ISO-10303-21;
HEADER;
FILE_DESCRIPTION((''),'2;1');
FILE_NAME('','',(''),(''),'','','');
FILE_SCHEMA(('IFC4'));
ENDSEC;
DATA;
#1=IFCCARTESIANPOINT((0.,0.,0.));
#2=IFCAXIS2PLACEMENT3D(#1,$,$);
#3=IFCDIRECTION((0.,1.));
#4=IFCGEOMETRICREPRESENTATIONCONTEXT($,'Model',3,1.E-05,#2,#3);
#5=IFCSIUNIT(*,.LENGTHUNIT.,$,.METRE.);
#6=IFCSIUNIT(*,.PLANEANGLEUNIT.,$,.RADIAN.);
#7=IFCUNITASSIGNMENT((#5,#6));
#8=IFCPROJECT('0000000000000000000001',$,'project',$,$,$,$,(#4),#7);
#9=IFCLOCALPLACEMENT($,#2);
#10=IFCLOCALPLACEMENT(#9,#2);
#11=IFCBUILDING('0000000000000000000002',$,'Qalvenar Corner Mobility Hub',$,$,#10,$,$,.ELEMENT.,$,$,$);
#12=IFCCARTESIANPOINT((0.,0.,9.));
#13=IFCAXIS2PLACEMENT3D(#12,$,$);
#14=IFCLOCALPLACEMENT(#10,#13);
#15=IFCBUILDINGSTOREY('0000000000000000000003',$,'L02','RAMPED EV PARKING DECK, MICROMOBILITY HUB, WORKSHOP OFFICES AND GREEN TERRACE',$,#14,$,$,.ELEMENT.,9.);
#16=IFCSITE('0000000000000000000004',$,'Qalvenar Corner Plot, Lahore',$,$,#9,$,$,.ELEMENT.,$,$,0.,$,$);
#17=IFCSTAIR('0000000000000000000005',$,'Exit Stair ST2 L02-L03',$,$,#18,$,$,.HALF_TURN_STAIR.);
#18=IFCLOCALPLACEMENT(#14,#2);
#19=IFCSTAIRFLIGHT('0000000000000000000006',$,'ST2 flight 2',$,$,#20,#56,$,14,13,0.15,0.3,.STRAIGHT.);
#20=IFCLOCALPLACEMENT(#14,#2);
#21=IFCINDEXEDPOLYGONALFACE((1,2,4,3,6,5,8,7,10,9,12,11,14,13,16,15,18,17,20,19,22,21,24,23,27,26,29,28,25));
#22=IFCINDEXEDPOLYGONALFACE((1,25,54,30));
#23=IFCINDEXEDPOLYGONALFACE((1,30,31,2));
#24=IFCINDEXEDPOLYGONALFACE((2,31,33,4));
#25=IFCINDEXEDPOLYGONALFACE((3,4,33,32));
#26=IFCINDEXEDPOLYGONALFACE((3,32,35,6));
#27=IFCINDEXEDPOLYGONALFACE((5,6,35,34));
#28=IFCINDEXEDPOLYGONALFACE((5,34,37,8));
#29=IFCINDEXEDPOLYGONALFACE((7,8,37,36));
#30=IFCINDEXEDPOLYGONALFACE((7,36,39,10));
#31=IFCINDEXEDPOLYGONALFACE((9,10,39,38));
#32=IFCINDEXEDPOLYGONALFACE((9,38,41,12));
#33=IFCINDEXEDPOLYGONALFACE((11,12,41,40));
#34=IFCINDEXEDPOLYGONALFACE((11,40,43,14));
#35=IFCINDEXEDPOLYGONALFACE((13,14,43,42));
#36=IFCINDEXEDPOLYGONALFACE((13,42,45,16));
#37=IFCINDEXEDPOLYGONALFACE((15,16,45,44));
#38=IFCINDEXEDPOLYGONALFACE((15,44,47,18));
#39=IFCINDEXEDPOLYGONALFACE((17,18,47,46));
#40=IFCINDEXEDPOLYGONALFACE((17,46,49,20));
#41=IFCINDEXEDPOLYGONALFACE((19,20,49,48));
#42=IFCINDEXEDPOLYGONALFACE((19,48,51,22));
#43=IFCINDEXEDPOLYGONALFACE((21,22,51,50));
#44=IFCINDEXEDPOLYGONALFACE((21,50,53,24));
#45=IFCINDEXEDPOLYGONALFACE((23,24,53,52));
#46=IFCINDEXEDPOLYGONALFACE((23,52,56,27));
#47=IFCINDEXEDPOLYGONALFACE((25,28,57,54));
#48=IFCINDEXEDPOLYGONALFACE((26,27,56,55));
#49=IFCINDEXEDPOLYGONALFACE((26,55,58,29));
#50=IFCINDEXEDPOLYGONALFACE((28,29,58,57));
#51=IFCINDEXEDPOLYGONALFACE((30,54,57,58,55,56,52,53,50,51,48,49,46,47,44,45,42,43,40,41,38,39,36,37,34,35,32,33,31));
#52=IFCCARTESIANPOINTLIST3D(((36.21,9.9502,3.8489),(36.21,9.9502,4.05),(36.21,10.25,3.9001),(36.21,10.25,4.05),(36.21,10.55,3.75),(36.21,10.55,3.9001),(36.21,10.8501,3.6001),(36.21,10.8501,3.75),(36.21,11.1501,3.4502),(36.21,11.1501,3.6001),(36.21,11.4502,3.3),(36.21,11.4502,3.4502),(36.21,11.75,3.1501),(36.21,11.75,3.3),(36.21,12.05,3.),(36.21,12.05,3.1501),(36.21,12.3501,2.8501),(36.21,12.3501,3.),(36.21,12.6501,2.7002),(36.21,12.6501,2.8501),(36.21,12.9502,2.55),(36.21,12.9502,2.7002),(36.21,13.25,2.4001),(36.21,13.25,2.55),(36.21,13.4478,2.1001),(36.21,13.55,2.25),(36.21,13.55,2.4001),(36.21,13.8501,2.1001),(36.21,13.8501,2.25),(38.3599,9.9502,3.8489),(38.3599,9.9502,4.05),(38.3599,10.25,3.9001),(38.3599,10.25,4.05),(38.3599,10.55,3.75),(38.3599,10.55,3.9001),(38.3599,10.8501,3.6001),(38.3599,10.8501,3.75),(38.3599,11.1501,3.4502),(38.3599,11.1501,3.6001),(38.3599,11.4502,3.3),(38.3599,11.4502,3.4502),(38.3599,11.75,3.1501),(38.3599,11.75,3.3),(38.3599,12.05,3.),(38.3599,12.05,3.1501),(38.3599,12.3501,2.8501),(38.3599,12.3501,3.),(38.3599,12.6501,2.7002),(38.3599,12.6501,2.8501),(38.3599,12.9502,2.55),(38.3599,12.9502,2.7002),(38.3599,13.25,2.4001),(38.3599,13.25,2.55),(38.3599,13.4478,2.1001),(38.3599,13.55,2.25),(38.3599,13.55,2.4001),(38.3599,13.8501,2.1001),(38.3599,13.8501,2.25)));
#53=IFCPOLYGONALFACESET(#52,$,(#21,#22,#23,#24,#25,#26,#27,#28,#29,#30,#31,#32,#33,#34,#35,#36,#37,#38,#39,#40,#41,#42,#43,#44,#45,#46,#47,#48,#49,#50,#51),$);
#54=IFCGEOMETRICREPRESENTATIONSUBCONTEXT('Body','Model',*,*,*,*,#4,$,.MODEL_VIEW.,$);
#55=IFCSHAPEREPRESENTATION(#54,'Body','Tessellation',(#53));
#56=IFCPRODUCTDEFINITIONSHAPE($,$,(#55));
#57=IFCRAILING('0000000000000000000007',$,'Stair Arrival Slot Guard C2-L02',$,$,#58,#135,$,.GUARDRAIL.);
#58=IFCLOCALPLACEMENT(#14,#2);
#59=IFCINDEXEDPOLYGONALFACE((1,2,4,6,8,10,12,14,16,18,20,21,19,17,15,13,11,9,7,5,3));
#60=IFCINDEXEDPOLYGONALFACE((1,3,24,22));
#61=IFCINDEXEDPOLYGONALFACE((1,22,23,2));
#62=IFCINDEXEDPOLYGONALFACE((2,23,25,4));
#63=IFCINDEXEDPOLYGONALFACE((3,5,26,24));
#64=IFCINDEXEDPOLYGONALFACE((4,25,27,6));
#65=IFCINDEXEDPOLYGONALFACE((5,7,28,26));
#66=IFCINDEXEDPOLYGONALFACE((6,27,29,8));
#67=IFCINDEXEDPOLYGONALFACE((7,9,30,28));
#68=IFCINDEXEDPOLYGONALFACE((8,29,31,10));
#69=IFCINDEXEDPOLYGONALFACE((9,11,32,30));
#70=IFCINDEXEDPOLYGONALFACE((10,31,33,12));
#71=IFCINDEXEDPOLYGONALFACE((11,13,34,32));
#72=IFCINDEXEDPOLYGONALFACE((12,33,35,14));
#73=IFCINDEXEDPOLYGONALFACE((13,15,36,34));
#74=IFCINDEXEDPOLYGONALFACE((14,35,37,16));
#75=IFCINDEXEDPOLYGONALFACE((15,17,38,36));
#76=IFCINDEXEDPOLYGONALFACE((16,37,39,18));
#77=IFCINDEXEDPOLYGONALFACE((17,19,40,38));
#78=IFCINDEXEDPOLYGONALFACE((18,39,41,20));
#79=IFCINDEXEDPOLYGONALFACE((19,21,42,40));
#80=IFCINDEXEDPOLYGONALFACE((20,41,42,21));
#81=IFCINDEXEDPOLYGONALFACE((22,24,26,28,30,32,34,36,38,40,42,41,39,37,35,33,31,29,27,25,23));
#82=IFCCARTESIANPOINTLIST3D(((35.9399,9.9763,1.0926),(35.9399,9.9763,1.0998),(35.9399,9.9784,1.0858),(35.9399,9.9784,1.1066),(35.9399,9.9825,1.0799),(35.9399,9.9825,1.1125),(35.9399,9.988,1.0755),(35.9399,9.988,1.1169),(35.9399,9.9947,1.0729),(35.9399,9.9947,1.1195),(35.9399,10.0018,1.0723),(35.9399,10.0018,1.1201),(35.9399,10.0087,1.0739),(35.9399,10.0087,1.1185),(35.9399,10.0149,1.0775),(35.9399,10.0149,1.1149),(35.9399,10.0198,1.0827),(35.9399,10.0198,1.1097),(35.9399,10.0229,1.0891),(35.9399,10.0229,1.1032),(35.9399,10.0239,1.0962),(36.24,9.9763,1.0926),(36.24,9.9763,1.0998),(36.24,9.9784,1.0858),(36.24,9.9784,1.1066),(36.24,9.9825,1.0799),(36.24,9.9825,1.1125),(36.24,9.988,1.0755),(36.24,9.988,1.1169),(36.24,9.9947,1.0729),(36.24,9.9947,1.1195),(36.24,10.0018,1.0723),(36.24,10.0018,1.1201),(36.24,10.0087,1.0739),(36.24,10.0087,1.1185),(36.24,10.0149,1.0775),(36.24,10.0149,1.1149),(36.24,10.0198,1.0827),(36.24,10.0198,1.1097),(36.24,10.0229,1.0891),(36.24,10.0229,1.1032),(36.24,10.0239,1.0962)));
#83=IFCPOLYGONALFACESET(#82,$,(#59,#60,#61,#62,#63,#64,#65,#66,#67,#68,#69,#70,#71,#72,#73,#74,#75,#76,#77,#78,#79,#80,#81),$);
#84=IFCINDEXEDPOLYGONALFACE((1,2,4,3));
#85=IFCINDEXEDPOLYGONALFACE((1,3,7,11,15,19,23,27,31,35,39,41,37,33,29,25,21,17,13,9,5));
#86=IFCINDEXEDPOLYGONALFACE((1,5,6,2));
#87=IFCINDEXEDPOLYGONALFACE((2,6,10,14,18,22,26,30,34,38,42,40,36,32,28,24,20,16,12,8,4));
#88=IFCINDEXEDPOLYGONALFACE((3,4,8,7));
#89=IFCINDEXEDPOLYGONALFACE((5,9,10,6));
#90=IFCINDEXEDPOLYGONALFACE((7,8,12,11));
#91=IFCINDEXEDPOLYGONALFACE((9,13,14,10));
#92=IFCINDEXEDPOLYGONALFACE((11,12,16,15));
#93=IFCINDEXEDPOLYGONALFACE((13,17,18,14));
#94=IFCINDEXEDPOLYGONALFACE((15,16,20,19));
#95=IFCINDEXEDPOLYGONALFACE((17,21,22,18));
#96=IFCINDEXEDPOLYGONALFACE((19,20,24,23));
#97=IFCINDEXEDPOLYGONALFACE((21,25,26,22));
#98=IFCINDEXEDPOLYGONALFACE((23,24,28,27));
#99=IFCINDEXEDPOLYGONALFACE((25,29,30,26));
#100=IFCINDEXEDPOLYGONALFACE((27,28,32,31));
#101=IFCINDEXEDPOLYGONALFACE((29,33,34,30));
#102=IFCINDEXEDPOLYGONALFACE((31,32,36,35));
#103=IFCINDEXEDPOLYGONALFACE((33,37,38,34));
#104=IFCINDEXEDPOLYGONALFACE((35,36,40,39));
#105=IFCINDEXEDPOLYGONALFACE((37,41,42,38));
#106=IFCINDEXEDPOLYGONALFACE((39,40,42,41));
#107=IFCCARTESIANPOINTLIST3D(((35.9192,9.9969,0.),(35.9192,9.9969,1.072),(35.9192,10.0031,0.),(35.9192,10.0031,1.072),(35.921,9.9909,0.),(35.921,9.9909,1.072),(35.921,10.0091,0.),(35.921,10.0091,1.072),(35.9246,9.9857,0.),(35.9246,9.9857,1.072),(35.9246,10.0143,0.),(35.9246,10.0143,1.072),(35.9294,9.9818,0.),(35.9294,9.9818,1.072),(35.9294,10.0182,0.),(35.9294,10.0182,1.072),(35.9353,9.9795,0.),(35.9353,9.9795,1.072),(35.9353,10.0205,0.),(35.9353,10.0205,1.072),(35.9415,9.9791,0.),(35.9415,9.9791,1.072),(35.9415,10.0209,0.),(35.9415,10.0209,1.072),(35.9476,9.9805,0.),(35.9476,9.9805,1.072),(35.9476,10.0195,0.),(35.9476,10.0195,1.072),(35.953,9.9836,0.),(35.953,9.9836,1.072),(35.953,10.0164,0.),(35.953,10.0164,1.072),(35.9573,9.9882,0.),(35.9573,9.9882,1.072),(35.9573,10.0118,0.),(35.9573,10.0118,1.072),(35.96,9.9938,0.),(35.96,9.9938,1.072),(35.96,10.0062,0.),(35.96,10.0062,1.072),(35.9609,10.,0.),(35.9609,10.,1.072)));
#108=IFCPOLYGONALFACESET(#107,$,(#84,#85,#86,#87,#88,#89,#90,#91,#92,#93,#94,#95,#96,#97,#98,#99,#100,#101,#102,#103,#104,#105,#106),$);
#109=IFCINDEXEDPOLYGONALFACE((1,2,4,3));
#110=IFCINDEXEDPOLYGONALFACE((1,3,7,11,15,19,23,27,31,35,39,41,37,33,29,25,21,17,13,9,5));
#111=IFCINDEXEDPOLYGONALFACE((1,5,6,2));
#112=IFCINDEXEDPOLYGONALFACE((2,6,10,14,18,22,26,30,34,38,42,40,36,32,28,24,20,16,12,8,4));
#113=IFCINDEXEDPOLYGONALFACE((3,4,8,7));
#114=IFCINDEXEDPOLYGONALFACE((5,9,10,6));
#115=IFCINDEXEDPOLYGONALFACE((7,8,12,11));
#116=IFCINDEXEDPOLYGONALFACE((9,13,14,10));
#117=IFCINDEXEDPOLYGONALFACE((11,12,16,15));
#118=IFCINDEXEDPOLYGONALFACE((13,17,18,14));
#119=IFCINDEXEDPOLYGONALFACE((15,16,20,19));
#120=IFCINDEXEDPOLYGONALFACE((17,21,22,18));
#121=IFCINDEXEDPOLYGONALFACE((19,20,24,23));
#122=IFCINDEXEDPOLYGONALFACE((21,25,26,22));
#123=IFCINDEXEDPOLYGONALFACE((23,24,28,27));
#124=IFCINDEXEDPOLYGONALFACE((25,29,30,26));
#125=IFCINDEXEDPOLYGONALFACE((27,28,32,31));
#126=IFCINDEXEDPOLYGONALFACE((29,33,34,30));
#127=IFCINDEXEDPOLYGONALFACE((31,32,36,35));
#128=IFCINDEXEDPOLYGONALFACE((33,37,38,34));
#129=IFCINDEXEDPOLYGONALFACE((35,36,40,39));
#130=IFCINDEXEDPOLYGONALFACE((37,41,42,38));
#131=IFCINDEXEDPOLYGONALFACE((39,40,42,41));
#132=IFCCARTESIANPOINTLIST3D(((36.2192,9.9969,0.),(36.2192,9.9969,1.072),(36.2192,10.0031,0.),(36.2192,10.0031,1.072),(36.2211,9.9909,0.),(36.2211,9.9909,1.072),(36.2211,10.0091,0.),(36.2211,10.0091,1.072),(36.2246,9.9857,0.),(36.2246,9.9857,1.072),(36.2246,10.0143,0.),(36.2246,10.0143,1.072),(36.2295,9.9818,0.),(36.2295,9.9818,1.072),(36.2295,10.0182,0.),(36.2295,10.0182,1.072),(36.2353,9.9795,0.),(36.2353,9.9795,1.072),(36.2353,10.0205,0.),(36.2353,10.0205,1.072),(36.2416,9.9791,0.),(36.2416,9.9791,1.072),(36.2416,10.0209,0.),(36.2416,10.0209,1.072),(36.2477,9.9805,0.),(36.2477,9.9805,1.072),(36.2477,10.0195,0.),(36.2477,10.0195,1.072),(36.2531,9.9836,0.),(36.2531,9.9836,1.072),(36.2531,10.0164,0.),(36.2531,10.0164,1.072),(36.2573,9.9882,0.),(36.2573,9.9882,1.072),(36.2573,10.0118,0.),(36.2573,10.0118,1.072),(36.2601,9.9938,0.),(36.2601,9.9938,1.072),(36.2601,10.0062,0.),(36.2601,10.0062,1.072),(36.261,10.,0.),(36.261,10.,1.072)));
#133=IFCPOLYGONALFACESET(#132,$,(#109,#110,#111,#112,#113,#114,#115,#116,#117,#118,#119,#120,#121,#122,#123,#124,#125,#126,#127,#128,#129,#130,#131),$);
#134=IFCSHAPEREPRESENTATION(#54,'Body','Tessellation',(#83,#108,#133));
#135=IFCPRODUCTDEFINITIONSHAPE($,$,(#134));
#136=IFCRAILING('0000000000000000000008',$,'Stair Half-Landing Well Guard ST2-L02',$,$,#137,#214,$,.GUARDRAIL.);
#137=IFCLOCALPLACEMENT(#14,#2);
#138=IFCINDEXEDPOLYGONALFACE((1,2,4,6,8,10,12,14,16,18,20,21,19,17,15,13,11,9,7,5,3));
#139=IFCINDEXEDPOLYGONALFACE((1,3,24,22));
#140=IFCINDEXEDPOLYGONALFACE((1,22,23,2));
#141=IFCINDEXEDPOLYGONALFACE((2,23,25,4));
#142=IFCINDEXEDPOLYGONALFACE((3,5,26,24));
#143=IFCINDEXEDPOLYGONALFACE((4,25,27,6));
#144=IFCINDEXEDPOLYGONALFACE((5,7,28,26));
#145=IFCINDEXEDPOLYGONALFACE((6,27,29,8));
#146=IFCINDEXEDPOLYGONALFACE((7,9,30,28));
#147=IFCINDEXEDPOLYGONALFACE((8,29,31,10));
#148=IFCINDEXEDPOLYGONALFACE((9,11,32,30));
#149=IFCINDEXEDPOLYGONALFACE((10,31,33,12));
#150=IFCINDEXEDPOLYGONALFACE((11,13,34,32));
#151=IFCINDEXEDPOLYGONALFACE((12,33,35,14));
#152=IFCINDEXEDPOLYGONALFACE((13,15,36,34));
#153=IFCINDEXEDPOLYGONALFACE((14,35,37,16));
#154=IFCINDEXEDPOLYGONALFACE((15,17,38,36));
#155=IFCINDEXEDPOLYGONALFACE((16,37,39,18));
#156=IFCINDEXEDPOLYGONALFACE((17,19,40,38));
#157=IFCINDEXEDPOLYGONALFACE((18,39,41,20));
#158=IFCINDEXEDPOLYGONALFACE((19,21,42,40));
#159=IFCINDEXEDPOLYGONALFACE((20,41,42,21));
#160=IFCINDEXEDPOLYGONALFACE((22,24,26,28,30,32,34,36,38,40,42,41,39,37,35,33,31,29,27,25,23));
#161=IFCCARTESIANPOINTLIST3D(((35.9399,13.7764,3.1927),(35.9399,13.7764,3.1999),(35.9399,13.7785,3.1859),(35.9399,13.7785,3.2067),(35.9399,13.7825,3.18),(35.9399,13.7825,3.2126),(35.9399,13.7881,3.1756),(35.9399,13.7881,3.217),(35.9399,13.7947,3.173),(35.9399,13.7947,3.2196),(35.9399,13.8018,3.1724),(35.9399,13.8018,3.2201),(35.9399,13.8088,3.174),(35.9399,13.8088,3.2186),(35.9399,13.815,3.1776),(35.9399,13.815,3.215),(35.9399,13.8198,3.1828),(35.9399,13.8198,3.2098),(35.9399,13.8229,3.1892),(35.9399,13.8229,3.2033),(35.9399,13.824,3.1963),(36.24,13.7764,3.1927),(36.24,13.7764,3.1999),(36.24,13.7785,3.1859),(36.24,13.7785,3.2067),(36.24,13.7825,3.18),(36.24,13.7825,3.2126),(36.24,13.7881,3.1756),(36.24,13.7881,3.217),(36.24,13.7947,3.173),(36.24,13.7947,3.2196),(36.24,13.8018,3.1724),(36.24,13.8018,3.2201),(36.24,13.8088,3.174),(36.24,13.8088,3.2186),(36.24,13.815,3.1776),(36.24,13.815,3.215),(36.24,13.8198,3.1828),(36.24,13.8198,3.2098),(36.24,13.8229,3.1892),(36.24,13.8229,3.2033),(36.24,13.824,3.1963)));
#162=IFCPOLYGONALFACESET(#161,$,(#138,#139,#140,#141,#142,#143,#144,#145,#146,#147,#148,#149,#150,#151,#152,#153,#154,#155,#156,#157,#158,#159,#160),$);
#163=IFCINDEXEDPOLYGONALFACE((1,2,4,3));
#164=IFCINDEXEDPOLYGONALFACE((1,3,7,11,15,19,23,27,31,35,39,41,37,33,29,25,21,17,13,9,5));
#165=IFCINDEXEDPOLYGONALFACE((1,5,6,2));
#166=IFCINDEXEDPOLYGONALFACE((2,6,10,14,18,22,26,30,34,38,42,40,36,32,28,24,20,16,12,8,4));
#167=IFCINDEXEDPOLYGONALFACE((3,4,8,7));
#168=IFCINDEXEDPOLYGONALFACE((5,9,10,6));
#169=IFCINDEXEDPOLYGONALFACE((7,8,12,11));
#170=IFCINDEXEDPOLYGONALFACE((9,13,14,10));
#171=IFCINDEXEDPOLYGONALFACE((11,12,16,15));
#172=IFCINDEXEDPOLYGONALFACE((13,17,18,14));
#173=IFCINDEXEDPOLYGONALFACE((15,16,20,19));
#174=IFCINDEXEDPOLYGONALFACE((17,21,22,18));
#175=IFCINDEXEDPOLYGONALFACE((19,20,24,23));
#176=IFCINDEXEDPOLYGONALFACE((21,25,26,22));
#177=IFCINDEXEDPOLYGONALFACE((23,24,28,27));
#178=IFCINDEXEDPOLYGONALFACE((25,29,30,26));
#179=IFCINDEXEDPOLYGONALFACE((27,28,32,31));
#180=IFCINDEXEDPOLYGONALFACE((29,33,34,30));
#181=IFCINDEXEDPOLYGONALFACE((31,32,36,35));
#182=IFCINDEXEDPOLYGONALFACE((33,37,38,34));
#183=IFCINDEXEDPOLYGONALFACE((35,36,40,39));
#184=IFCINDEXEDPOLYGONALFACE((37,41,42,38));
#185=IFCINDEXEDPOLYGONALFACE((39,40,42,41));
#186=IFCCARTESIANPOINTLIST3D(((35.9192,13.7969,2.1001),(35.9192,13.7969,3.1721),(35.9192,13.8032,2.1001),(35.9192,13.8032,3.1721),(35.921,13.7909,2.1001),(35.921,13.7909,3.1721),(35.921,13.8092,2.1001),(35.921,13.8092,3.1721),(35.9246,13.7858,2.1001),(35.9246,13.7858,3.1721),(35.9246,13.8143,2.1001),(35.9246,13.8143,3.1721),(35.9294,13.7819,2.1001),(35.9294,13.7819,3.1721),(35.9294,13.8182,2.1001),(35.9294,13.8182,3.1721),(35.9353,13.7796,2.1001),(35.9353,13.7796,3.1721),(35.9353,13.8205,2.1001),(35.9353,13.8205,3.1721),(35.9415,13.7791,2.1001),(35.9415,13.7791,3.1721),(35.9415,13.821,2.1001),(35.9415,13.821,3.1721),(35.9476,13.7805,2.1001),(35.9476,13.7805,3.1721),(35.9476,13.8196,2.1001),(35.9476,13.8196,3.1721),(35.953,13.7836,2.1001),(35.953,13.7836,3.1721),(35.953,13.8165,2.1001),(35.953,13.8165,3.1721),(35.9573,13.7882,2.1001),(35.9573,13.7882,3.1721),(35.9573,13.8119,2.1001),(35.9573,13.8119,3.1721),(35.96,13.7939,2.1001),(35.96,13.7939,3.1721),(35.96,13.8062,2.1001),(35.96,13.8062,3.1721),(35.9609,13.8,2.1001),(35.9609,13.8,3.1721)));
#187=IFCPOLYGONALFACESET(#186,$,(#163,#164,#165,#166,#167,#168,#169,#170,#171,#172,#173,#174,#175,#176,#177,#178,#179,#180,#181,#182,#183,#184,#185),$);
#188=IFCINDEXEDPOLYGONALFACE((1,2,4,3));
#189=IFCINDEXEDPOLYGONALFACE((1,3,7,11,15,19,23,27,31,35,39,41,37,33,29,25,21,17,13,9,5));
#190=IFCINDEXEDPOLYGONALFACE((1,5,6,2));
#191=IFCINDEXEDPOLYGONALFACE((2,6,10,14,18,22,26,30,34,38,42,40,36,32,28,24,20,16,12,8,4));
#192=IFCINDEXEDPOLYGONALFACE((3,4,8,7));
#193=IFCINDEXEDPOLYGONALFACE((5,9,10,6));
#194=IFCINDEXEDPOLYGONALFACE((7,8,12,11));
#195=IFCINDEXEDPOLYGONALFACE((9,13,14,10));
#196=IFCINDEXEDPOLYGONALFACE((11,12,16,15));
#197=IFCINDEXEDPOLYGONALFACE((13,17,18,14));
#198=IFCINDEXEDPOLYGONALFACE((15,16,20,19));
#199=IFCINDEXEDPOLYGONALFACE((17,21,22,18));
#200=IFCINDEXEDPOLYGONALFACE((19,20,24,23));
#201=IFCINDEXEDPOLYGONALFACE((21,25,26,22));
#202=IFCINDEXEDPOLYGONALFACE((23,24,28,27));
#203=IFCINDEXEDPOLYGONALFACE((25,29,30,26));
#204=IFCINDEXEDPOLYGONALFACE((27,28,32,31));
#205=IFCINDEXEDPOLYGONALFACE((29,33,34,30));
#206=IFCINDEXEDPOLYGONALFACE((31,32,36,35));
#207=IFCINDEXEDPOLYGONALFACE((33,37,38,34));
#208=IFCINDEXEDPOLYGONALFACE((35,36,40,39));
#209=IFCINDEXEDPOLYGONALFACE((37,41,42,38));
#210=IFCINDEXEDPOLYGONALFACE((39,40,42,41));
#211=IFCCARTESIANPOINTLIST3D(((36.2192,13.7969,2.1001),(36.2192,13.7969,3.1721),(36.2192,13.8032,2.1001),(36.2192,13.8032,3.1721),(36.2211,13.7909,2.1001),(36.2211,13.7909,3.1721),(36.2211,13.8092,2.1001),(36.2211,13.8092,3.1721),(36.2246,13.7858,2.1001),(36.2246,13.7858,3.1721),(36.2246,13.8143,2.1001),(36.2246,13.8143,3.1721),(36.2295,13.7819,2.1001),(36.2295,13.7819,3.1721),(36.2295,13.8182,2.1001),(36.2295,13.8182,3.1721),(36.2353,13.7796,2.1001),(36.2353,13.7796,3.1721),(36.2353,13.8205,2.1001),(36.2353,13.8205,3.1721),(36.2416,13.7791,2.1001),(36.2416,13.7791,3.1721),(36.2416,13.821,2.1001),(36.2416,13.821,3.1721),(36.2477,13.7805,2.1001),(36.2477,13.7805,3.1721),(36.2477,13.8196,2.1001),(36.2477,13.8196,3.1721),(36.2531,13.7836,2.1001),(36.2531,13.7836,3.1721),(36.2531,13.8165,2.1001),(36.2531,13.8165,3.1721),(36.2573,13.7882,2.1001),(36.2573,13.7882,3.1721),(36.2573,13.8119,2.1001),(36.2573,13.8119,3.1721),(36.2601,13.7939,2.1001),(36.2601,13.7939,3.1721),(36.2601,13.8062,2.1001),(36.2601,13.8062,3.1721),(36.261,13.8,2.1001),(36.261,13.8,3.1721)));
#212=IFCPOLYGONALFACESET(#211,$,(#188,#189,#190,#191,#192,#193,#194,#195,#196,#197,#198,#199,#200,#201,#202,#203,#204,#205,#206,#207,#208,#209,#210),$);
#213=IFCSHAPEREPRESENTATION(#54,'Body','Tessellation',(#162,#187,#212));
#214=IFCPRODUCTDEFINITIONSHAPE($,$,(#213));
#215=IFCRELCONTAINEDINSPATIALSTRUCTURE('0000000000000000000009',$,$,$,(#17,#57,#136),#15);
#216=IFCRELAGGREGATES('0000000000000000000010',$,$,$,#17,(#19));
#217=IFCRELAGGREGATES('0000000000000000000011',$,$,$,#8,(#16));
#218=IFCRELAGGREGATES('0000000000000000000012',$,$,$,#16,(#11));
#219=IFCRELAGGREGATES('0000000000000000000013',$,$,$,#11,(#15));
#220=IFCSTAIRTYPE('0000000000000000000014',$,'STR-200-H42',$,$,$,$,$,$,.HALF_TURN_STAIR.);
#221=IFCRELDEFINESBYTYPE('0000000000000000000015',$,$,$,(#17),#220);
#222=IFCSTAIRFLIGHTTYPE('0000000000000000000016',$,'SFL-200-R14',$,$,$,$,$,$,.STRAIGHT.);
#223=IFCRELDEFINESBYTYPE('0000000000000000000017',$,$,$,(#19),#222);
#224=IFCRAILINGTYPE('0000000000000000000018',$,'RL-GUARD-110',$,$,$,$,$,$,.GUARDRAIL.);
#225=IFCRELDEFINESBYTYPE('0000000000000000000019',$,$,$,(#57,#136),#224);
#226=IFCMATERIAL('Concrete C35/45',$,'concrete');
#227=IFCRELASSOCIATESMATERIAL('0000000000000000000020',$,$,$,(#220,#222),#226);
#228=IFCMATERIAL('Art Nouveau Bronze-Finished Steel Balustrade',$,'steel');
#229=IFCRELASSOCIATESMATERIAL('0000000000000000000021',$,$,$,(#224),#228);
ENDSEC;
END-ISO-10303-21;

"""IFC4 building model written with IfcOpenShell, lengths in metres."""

from ifc_helpers import new_model, si_unit, direction, frame, origin, origin_2d, place, context, subcontext, project, spatial, polyline, circle, outline, extrude, material, type_object, element, aggregate, save


model = new_model("IFC4")

# Units and contexts
model_context = context("Model", 3, precision=1e-05, world=origin(), true_north=direction((0.0, 1.0)))
body_context = subcontext(model_context, "Body", "Model", "MODEL_VIEW")
ifc_project = project(units=[si_unit("LENGTHUNIT", "METRE"), si_unit("PLANEANGLEUNIT", "RADIAN")], contexts=[model_context])

# Site, building, storey
site_placement = place(None, origin())
site = spatial("IfcSite", under=ifc_project, at=site_placement, Name="Qalvenar Corner Plot, Lahore", CompositionType="ELEMENT", RefElevation=0.0)
building_placement = place(site_placement, origin())
building = spatial("IfcBuilding", under=site, at=building_placement, Name="Qalvenar Corner Mobility Hub", CompositionType="ELEMENT")
storey_placement = place(building_placement, frame((0.0, 0.0, 9.0)))
storey = spatial("IfcBuildingStorey", under=building, at=storey_placement, Name="L02", Description="RAMPED EV PARKING DECK, MICROMOBILITY HUB, WORKSHOP OFFICES AND GREEN TERRACE", CompositionType="ELEMENT", Elevation=9.0)

# Stair, stair flight
ifc_material_1 = material(Name="Concrete C35/45", Category="concrete")
stair_type = type_object("IfcStairType", Name="STR-200-H42", PredefinedType="HALF_TURN_STAIR", material=ifc_material_1)
stair_placement = place(storey_placement, origin())
stair = element("IfcStair", 1, at=stair_placement, inside=storey, type_object=stair_type, Name="Exit Stair ST2 L02-L03", PredefinedType="HALF_TURN_STAIR")
stair_flight_type = type_object("IfcStairFlightType", Name="SFL-200-R14", PredefinedType="STRAIGHT", material=ifc_material_1)
stair_flight_1_placement = place(storey_placement, frame((37.2849, 13.8501, 2.1001), z_axis=(0.0, 0.0, 1.0), x_axis=(0.0, -1.0, 0.0)))
stair_flight_1 = element("IfcStairFlight", 2, at=stair_flight_1_placement, type_object=stair_flight_type, Name="ST2 flight 2", NumberOfRisers=14, NumberOfTreads=13, PredefinedType="STRAIGHT", RiserHeight=0.15, TreadLength=0.3, context=body_context, shape_type="SweptSolid", body=[
    extrude(outline(polyline([(0.0, 0.0), (0.0, 0.1499), (0.3, 0.1499), (0.3, 0.3), (0.6001, 0.3), (0.6001, 0.45), (0.8999, 0.45), (0.8999, 0.6001), (1.2, 0.6001), (1.2, 0.75), (1.5, 0.75), (1.5, 0.8999), (1.8, 0.8999), (1.8, 1.05), (2.1001, 1.05), (2.1001, 1.2), (2.3999, 1.2), (2.3999, 1.3501), (2.7, 1.3501), (2.7, 1.5), (3.0, 1.5), (3.0, 1.6499), (3.3, 1.6499), (3.3, 1.8), (3.6001, 1.8), (3.6001, 1.95), (3.8999, 1.95), (3.8999, 2.1001), (3.8999, 1.7488), (0.4023, 0.0), (0.0, 0.0)])), frame((0.0, 1.075, 0.0), z_axis=(0.0, -1.0, 0.0), x_axis=(1.0, 0.0, 0.0)), (0.0, 0.0, 1.0), 2.1499),
])
aggregate(stair, [stair_flight_1])

# Railings
ifc_material_2 = material(Name="Art Nouveau Bronze-Finished Steel Balustrade", Category="steel")
railing_type_1 = type_object("IfcRailingType", Name="RL-GUARD-110", PredefinedType="GUARDRAIL", material=ifc_material_2)
for number, where, name in (
    (3, (35.9399, 10.0, 0.0), "Stair Arrival Slot Guard C2-L02"),
    (4, (35.9399, 13.8, 2.1001), "Stair Half-Landing Well Guard ST2-L02"),
):
    element("IfcRailing", number, at=place(storey_placement, frame(where)), inside=storey, type_object=railing_type_1, Name=name, PredefinedType="GUARDRAIL", context=body_context, shape_type="SweptSolid", body=[
        extrude(circle(Radius=0.0239, at=origin_2d()), frame((0.0, 0.0, 1.0962), z_axis=(1.0, 0.0, 0.0), x_axis=(0.0, 1.0, 0.0)), (0.0, 0.0, 1.0), 0.3),
        extrude(circle(Radius=0.021, at=origin_2d()), origin(), (0.0, 0.0, 1.0), 1.072),
        extrude(circle(Radius=0.021, at=origin_2d()), frame((0.3, 0.0, 0.0)), (0.0, 0.0, 1.0), 1.072),
    ])

save(model, "model.ifc")
